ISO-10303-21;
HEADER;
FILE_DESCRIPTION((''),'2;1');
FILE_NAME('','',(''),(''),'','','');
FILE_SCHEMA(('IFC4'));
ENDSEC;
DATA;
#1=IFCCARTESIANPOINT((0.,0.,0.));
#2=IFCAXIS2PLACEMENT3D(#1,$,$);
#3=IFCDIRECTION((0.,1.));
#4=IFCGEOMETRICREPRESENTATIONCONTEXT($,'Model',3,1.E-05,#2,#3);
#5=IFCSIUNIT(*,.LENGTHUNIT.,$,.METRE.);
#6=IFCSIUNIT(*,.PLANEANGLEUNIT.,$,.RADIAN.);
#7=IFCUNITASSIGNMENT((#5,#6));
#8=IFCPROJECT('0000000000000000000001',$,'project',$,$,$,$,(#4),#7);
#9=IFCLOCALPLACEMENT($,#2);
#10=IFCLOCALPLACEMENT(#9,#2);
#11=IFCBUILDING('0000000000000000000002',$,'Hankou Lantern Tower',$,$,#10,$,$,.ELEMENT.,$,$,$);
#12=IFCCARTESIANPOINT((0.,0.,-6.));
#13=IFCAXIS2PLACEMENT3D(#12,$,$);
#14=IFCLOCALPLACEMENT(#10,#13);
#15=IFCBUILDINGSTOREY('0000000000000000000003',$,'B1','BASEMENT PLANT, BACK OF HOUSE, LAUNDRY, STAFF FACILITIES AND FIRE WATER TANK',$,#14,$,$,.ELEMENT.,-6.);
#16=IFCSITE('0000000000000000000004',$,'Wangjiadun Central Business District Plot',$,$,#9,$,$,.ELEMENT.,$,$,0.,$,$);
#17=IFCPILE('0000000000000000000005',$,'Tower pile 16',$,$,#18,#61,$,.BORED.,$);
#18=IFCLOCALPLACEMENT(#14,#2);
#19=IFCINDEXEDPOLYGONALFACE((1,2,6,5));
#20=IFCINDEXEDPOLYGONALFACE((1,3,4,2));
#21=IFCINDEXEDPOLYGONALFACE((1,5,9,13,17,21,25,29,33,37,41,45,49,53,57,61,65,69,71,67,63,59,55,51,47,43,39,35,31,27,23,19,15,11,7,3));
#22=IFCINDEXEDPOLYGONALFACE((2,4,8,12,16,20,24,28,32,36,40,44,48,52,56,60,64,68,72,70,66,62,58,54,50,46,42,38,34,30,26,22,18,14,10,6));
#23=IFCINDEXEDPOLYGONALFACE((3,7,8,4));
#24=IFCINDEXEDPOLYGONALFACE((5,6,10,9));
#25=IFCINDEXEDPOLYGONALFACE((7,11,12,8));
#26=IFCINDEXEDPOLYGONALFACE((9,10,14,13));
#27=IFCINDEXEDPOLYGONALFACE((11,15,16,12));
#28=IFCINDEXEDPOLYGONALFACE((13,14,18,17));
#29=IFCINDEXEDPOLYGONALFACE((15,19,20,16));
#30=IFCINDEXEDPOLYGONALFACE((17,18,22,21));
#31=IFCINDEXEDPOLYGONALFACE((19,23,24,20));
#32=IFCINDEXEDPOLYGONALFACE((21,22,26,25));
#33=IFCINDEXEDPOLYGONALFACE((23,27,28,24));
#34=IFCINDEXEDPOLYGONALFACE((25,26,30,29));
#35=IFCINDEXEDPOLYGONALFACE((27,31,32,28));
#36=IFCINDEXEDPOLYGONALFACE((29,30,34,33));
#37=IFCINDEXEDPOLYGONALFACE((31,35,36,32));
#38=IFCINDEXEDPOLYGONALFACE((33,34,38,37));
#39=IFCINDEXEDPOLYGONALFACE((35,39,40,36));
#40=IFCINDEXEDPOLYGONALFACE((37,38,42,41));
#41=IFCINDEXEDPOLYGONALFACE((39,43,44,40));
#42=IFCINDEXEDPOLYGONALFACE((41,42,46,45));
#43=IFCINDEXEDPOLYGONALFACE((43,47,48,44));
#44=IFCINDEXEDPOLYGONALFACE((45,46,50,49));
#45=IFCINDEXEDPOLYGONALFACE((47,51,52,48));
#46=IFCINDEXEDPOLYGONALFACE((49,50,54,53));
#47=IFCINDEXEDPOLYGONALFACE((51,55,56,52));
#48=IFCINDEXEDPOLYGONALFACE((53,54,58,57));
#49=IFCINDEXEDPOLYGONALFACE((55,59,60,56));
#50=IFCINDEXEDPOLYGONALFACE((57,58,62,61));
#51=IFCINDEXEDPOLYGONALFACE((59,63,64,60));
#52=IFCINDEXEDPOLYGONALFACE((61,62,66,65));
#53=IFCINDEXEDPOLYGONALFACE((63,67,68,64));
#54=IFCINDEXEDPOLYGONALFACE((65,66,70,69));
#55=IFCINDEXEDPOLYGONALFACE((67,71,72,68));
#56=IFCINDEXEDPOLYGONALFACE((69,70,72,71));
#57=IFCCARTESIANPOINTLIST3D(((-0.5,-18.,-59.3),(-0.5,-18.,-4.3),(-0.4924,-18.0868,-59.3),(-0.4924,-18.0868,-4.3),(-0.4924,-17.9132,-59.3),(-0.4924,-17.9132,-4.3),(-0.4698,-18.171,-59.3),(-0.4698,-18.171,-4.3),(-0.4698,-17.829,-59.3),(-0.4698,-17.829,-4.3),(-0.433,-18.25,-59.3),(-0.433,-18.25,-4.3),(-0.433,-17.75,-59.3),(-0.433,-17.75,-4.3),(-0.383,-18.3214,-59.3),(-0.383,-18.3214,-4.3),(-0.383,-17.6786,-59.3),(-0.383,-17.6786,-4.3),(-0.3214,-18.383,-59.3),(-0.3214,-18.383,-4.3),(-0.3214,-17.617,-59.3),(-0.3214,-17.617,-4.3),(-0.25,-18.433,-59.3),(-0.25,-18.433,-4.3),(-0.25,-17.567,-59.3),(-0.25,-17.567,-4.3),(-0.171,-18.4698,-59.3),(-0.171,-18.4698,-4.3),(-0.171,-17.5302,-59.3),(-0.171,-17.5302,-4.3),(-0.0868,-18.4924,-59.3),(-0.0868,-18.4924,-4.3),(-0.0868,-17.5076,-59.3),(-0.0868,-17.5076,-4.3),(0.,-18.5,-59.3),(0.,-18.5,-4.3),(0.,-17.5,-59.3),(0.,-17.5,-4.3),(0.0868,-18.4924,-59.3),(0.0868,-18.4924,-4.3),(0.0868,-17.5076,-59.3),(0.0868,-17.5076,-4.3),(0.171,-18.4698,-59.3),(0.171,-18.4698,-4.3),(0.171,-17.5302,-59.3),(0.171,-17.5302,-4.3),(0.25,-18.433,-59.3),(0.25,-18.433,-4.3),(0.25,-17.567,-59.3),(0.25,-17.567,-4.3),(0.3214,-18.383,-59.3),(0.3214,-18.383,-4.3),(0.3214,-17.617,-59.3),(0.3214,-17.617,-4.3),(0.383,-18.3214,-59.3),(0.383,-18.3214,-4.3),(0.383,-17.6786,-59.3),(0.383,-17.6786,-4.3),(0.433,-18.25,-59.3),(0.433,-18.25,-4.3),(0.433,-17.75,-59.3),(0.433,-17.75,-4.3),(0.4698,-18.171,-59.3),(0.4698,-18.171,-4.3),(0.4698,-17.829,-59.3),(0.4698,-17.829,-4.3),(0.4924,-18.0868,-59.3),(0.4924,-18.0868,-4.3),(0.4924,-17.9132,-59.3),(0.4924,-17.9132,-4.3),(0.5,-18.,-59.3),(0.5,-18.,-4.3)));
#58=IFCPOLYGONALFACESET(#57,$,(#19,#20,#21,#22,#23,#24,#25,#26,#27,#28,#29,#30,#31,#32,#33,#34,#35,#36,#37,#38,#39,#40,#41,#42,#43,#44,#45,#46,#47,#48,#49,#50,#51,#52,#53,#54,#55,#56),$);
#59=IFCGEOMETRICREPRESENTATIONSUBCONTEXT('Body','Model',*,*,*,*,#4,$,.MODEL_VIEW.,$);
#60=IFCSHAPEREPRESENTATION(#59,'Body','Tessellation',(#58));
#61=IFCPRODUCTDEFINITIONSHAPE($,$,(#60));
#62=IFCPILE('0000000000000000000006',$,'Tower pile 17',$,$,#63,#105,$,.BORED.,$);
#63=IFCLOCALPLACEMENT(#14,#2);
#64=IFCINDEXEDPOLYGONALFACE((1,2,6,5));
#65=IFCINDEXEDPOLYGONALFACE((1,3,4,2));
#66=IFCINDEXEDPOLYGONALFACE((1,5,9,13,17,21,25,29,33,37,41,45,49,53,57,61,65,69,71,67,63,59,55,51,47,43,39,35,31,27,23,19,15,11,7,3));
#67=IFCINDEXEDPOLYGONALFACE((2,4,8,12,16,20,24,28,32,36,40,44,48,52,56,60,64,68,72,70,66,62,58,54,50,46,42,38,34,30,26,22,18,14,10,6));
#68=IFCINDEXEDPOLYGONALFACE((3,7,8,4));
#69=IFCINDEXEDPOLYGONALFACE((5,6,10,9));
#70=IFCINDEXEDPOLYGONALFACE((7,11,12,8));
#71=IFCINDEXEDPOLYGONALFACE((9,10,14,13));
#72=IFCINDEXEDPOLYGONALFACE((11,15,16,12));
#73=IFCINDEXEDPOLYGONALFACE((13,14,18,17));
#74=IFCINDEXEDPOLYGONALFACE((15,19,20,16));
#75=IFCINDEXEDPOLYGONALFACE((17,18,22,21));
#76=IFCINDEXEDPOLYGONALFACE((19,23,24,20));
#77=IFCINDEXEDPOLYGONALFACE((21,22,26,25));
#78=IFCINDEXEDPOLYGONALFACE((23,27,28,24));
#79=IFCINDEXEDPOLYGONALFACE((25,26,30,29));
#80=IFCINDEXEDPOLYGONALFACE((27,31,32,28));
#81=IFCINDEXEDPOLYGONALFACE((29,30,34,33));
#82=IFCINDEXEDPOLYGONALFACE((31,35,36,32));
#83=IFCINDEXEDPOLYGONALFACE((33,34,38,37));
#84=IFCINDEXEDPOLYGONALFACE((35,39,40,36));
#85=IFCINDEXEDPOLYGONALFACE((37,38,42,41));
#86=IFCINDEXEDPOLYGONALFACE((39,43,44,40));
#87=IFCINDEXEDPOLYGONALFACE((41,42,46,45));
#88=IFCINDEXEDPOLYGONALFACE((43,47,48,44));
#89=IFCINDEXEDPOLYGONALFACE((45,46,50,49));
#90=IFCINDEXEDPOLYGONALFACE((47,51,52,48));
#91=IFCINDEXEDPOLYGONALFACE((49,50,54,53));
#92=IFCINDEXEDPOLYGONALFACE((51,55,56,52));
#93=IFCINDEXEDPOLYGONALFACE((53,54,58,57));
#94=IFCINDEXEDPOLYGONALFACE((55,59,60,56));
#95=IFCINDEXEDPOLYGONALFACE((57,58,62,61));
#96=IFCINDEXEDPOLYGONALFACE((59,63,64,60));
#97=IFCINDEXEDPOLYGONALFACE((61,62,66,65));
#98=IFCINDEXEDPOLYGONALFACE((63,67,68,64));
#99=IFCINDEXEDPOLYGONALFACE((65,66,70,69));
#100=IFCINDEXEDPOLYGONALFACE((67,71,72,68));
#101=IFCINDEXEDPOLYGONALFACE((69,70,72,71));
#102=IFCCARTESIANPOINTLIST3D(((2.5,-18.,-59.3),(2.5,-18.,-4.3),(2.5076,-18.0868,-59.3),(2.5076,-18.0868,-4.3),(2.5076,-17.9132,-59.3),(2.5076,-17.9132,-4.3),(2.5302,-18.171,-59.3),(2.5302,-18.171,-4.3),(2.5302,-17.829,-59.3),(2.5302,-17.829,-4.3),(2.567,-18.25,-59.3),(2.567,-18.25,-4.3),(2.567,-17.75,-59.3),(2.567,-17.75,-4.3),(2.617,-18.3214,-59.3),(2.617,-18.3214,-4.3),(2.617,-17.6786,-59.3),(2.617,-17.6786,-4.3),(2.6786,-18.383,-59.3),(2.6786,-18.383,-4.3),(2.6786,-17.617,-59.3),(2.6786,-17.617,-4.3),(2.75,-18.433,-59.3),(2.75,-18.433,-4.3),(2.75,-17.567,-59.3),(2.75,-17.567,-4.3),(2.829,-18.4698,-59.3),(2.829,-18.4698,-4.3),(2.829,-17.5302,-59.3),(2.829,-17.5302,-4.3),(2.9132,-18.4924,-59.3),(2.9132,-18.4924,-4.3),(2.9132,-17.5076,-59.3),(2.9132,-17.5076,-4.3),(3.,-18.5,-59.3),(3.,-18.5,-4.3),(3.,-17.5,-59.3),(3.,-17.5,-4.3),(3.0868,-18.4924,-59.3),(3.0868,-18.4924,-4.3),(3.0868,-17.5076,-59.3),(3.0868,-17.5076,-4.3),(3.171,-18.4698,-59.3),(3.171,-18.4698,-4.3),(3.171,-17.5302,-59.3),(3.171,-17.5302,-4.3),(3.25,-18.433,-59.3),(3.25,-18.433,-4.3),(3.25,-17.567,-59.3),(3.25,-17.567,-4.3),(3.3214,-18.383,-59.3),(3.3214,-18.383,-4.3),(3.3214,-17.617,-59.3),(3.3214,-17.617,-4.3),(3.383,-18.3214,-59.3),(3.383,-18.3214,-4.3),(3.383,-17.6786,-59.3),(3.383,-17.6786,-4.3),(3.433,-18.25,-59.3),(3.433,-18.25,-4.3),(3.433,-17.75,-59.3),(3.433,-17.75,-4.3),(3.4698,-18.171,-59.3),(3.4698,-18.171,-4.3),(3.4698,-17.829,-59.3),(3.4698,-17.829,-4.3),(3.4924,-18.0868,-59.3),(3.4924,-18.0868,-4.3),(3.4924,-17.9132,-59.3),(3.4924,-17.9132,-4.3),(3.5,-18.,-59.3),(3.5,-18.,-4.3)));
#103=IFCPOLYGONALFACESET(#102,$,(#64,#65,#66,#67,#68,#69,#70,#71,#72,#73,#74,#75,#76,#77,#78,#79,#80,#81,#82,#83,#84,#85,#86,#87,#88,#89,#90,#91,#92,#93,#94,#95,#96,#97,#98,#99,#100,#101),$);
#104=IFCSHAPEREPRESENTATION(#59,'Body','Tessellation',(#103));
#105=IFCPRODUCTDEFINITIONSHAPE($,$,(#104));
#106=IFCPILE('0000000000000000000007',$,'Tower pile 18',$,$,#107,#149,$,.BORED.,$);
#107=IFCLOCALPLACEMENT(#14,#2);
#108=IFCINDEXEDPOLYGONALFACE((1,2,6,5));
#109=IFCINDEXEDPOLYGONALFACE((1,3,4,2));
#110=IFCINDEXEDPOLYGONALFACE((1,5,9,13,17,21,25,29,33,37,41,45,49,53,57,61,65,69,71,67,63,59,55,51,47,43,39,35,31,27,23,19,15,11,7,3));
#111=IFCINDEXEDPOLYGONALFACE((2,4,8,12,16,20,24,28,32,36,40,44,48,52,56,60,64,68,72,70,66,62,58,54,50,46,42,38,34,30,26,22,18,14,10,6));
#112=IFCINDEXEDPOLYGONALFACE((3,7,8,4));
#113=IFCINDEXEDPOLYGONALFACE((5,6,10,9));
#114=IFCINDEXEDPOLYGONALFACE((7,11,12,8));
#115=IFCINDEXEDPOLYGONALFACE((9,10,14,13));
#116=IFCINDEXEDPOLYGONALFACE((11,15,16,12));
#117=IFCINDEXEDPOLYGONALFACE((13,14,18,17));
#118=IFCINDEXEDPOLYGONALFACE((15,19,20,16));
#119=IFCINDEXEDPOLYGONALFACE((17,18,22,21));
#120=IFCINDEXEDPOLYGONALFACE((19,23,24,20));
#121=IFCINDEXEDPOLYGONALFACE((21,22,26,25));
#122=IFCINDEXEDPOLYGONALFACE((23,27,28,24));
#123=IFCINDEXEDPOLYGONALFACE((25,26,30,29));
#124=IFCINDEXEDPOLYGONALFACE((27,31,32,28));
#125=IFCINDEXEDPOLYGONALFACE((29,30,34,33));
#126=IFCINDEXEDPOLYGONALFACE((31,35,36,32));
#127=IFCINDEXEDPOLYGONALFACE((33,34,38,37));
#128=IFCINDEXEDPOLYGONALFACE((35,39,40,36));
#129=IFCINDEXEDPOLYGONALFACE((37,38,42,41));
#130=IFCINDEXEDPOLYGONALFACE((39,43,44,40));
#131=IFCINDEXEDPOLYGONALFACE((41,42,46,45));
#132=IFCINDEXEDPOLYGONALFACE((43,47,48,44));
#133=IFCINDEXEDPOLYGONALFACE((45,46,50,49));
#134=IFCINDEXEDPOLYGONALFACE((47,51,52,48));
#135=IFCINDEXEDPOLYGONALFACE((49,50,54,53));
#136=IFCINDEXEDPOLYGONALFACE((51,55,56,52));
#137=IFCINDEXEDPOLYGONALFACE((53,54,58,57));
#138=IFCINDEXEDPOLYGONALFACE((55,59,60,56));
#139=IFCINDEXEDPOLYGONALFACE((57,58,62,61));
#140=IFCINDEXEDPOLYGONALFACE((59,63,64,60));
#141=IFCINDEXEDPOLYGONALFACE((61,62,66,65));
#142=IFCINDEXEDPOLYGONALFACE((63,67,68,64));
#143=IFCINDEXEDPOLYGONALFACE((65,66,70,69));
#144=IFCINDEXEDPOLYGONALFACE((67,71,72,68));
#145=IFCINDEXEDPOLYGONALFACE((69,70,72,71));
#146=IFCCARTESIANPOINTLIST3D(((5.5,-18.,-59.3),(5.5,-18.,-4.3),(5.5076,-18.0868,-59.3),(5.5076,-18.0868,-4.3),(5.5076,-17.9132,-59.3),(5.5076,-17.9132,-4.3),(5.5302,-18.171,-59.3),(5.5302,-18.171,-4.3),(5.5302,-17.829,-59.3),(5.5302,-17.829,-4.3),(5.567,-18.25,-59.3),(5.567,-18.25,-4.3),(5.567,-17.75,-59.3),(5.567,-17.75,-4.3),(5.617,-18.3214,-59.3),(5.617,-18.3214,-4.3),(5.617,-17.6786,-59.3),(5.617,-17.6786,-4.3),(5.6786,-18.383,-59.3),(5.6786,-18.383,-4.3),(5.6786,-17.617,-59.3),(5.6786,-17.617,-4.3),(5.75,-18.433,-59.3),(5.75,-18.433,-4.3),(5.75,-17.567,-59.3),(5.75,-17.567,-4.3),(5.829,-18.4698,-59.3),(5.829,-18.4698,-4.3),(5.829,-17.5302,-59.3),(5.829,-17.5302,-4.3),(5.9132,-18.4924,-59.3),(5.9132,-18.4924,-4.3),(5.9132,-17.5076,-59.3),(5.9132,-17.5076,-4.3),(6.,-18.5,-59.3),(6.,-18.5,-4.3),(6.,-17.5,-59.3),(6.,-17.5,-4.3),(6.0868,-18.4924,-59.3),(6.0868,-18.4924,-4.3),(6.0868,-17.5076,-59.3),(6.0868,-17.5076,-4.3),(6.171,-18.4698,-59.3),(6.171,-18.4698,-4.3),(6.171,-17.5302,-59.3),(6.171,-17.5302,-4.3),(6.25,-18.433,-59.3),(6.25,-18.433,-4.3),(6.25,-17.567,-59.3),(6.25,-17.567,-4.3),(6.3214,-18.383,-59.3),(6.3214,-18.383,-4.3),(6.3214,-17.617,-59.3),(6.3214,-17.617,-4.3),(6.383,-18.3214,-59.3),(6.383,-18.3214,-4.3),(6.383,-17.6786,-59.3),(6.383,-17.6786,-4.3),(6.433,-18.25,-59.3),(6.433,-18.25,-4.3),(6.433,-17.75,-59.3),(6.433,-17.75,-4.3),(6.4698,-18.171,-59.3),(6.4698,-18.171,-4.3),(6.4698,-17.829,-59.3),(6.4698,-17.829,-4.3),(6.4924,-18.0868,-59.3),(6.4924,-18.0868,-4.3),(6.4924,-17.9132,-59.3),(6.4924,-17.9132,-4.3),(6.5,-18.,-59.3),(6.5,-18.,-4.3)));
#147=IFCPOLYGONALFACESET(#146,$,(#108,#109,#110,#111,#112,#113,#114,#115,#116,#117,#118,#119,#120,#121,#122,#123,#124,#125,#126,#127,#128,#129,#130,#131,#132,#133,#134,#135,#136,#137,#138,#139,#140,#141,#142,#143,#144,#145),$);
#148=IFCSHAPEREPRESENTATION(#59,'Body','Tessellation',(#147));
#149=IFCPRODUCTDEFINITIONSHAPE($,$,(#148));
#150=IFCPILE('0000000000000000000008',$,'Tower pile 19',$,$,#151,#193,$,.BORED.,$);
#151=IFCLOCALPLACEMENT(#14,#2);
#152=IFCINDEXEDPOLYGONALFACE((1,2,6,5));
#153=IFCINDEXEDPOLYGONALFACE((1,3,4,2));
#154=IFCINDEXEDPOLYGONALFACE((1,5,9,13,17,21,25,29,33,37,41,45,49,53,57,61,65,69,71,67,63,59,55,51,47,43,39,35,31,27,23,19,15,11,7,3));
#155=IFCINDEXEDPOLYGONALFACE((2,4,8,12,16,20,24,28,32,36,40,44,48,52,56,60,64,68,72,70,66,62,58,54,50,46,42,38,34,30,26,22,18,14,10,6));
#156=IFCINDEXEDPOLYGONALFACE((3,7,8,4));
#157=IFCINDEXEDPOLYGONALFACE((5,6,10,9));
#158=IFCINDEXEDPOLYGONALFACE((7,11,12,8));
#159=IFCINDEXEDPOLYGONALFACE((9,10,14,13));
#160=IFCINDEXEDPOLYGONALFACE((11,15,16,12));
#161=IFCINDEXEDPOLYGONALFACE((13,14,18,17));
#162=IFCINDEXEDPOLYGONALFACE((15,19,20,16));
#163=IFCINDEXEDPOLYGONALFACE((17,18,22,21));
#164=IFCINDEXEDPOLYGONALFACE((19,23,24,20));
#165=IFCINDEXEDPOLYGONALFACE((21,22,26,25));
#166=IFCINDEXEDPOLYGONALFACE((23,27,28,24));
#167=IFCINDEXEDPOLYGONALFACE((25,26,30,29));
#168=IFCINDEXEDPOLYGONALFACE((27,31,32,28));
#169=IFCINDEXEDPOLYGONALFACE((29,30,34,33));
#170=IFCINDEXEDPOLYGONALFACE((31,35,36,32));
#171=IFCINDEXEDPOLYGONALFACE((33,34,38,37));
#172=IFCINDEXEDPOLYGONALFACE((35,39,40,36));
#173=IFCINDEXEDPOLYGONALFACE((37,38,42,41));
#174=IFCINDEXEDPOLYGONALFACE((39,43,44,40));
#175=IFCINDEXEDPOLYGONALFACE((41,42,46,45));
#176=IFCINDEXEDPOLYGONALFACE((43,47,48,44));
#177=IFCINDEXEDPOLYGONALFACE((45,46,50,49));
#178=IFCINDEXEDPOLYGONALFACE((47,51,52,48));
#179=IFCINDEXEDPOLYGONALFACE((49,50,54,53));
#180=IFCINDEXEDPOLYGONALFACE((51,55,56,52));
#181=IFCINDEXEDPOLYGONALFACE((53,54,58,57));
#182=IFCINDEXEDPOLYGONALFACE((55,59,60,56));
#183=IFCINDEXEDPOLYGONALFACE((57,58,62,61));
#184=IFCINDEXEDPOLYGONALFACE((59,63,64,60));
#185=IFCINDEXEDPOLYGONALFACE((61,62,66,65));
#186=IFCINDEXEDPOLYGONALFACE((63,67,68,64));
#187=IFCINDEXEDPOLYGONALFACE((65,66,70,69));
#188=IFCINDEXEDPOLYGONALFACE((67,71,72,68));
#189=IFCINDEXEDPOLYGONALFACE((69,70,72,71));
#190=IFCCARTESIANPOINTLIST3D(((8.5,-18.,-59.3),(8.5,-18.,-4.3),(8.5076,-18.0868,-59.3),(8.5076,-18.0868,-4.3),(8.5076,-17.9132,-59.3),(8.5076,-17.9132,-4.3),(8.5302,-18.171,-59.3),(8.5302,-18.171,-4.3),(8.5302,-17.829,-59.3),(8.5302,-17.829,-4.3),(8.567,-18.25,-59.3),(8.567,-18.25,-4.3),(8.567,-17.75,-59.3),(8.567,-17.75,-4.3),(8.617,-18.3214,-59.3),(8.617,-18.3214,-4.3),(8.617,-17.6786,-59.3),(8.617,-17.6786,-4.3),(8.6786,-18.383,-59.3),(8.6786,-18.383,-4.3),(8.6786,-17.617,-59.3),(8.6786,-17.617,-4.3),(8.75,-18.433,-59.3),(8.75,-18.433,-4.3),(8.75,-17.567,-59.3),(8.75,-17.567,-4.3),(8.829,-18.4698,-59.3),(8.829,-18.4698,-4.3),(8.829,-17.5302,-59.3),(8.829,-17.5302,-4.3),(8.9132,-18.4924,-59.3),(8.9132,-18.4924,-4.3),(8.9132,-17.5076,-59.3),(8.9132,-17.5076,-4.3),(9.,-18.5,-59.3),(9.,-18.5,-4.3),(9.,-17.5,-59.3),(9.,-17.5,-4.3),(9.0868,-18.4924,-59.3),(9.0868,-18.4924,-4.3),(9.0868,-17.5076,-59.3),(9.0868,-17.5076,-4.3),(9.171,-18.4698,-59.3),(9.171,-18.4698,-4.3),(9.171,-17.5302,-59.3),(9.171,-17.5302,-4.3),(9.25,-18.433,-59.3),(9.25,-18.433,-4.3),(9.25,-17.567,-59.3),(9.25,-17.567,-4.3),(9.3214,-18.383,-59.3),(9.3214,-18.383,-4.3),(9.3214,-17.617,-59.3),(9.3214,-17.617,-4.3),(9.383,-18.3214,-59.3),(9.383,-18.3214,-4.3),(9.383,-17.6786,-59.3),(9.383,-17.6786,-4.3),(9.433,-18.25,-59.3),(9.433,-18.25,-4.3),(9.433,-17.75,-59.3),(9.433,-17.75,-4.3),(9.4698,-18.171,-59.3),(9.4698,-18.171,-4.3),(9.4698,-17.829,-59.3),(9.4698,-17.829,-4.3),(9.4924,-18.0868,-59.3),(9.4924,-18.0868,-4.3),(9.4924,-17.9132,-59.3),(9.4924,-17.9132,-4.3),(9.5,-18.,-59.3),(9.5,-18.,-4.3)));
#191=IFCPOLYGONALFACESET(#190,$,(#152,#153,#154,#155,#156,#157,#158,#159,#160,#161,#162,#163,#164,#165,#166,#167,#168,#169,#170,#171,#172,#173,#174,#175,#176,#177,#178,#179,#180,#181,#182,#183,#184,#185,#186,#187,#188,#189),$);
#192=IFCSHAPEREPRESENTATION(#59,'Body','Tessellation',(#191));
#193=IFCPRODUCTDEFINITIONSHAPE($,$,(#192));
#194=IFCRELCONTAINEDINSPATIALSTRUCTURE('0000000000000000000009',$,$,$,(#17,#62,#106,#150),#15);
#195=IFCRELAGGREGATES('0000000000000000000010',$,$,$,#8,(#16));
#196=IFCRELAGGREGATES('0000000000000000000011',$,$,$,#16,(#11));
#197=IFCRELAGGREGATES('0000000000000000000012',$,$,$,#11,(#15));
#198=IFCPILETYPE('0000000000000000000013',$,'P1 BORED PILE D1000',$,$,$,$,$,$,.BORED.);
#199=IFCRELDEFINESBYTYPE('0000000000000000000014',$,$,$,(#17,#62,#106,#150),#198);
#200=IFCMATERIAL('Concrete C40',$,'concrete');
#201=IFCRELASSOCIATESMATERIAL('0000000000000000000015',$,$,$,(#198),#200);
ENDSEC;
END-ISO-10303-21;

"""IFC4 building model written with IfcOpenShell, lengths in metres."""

from ifc_helpers import new_model, si_unit, direction, frame, origin, origin_2d, place, context, subcontext, project, spatial, circle, extrude, material, material_profile, profile_set, type_object, element, save


model = new_model("IFC4")

# Units and contexts
model_context = context("Model", 3, precision=1e-05, world=origin(), true_north=direction((0.0, 1.0)))
body_context = subcontext(model_context, "Body", "Model", "MODEL_VIEW")
ifc_project = project(units=[si_unit("LENGTHUNIT", "METRE"), si_unit("PLANEANGLEUNIT", "RADIAN")], contexts=[model_context])

# Site, building, storey
site_placement = place(None, origin())
site = spatial("IfcSite", under=ifc_project, at=site_placement, Name="Wangjiadun Central Business District Plot", CompositionType="ELEMENT", RefElevation=0.0)
building_placement = place(site_placement, origin())
building = spatial("IfcBuilding", under=site, at=building_placement, Name="Hankou Lantern Tower", CompositionType="ELEMENT")
storey_placement = place(building_placement, frame((0.0, 0.0, -6.0)))
storey = spatial("IfcBuildingStorey", under=building, at=storey_placement, Name="B1", Description="BASEMENT PLANT, BACK OF HOUSE, LAUNDRY, STAFF FACILITIES AND FIRE WATER TANK", CompositionType="ELEMENT", Elevation=-6.0)

# Piles
ifc_material_1 = material(Name="Concrete C40", Category="concrete")
ifc_material_profile_1 = material_profile(ifc_material_1, circle(Radius=0.5, at=origin_2d()), Name="RC D1000")
ifc_profile_set_1 = profile_set([ifc_material_profile_1], Name="Concrete C40")
pile_type = type_object("IfcPileType", Name="P1 BORED PILE D1000", PredefinedType="BORED", material=ifc_profile_set_1)
for number, where, z_axis, x_axis, name in (
    (1, (0.0, -18.0, -4.3), (0.0, 0.0, -1.0), (1.0, 0.0, 0.0), "Tower pile 16"),
    (2, (3.0, -18.0, -4.3), (0.0, 0.0, -1.0), (1.0, 0.0, 0.0), "Tower pile 17"),
    (3, (6.0, -18.0, -4.3), (0.0, 0.0, -1.0), (1.0, 0.0, 0.0), "Tower pile 18"),
    (4, (9.0, -18.0, -4.3), (0.0, 0.0, -1.0), (1.0, 0.0, 0.0), "Tower pile 19"),
):
    element("IfcPile", number, at=place(storey_placement, frame(where, z_axis=z_axis, x_axis=x_axis)), inside=storey, type_object=pile_type, Name=name, PredefinedType="BORED", context=body_context, shape_type="SweptSolid", body=[
        extrude(circle(Radius=0.5, at=origin_2d()), origin(), (0.0, 0.0, 1.0), 55.0),
    ])

save(model, "model.ifc")
